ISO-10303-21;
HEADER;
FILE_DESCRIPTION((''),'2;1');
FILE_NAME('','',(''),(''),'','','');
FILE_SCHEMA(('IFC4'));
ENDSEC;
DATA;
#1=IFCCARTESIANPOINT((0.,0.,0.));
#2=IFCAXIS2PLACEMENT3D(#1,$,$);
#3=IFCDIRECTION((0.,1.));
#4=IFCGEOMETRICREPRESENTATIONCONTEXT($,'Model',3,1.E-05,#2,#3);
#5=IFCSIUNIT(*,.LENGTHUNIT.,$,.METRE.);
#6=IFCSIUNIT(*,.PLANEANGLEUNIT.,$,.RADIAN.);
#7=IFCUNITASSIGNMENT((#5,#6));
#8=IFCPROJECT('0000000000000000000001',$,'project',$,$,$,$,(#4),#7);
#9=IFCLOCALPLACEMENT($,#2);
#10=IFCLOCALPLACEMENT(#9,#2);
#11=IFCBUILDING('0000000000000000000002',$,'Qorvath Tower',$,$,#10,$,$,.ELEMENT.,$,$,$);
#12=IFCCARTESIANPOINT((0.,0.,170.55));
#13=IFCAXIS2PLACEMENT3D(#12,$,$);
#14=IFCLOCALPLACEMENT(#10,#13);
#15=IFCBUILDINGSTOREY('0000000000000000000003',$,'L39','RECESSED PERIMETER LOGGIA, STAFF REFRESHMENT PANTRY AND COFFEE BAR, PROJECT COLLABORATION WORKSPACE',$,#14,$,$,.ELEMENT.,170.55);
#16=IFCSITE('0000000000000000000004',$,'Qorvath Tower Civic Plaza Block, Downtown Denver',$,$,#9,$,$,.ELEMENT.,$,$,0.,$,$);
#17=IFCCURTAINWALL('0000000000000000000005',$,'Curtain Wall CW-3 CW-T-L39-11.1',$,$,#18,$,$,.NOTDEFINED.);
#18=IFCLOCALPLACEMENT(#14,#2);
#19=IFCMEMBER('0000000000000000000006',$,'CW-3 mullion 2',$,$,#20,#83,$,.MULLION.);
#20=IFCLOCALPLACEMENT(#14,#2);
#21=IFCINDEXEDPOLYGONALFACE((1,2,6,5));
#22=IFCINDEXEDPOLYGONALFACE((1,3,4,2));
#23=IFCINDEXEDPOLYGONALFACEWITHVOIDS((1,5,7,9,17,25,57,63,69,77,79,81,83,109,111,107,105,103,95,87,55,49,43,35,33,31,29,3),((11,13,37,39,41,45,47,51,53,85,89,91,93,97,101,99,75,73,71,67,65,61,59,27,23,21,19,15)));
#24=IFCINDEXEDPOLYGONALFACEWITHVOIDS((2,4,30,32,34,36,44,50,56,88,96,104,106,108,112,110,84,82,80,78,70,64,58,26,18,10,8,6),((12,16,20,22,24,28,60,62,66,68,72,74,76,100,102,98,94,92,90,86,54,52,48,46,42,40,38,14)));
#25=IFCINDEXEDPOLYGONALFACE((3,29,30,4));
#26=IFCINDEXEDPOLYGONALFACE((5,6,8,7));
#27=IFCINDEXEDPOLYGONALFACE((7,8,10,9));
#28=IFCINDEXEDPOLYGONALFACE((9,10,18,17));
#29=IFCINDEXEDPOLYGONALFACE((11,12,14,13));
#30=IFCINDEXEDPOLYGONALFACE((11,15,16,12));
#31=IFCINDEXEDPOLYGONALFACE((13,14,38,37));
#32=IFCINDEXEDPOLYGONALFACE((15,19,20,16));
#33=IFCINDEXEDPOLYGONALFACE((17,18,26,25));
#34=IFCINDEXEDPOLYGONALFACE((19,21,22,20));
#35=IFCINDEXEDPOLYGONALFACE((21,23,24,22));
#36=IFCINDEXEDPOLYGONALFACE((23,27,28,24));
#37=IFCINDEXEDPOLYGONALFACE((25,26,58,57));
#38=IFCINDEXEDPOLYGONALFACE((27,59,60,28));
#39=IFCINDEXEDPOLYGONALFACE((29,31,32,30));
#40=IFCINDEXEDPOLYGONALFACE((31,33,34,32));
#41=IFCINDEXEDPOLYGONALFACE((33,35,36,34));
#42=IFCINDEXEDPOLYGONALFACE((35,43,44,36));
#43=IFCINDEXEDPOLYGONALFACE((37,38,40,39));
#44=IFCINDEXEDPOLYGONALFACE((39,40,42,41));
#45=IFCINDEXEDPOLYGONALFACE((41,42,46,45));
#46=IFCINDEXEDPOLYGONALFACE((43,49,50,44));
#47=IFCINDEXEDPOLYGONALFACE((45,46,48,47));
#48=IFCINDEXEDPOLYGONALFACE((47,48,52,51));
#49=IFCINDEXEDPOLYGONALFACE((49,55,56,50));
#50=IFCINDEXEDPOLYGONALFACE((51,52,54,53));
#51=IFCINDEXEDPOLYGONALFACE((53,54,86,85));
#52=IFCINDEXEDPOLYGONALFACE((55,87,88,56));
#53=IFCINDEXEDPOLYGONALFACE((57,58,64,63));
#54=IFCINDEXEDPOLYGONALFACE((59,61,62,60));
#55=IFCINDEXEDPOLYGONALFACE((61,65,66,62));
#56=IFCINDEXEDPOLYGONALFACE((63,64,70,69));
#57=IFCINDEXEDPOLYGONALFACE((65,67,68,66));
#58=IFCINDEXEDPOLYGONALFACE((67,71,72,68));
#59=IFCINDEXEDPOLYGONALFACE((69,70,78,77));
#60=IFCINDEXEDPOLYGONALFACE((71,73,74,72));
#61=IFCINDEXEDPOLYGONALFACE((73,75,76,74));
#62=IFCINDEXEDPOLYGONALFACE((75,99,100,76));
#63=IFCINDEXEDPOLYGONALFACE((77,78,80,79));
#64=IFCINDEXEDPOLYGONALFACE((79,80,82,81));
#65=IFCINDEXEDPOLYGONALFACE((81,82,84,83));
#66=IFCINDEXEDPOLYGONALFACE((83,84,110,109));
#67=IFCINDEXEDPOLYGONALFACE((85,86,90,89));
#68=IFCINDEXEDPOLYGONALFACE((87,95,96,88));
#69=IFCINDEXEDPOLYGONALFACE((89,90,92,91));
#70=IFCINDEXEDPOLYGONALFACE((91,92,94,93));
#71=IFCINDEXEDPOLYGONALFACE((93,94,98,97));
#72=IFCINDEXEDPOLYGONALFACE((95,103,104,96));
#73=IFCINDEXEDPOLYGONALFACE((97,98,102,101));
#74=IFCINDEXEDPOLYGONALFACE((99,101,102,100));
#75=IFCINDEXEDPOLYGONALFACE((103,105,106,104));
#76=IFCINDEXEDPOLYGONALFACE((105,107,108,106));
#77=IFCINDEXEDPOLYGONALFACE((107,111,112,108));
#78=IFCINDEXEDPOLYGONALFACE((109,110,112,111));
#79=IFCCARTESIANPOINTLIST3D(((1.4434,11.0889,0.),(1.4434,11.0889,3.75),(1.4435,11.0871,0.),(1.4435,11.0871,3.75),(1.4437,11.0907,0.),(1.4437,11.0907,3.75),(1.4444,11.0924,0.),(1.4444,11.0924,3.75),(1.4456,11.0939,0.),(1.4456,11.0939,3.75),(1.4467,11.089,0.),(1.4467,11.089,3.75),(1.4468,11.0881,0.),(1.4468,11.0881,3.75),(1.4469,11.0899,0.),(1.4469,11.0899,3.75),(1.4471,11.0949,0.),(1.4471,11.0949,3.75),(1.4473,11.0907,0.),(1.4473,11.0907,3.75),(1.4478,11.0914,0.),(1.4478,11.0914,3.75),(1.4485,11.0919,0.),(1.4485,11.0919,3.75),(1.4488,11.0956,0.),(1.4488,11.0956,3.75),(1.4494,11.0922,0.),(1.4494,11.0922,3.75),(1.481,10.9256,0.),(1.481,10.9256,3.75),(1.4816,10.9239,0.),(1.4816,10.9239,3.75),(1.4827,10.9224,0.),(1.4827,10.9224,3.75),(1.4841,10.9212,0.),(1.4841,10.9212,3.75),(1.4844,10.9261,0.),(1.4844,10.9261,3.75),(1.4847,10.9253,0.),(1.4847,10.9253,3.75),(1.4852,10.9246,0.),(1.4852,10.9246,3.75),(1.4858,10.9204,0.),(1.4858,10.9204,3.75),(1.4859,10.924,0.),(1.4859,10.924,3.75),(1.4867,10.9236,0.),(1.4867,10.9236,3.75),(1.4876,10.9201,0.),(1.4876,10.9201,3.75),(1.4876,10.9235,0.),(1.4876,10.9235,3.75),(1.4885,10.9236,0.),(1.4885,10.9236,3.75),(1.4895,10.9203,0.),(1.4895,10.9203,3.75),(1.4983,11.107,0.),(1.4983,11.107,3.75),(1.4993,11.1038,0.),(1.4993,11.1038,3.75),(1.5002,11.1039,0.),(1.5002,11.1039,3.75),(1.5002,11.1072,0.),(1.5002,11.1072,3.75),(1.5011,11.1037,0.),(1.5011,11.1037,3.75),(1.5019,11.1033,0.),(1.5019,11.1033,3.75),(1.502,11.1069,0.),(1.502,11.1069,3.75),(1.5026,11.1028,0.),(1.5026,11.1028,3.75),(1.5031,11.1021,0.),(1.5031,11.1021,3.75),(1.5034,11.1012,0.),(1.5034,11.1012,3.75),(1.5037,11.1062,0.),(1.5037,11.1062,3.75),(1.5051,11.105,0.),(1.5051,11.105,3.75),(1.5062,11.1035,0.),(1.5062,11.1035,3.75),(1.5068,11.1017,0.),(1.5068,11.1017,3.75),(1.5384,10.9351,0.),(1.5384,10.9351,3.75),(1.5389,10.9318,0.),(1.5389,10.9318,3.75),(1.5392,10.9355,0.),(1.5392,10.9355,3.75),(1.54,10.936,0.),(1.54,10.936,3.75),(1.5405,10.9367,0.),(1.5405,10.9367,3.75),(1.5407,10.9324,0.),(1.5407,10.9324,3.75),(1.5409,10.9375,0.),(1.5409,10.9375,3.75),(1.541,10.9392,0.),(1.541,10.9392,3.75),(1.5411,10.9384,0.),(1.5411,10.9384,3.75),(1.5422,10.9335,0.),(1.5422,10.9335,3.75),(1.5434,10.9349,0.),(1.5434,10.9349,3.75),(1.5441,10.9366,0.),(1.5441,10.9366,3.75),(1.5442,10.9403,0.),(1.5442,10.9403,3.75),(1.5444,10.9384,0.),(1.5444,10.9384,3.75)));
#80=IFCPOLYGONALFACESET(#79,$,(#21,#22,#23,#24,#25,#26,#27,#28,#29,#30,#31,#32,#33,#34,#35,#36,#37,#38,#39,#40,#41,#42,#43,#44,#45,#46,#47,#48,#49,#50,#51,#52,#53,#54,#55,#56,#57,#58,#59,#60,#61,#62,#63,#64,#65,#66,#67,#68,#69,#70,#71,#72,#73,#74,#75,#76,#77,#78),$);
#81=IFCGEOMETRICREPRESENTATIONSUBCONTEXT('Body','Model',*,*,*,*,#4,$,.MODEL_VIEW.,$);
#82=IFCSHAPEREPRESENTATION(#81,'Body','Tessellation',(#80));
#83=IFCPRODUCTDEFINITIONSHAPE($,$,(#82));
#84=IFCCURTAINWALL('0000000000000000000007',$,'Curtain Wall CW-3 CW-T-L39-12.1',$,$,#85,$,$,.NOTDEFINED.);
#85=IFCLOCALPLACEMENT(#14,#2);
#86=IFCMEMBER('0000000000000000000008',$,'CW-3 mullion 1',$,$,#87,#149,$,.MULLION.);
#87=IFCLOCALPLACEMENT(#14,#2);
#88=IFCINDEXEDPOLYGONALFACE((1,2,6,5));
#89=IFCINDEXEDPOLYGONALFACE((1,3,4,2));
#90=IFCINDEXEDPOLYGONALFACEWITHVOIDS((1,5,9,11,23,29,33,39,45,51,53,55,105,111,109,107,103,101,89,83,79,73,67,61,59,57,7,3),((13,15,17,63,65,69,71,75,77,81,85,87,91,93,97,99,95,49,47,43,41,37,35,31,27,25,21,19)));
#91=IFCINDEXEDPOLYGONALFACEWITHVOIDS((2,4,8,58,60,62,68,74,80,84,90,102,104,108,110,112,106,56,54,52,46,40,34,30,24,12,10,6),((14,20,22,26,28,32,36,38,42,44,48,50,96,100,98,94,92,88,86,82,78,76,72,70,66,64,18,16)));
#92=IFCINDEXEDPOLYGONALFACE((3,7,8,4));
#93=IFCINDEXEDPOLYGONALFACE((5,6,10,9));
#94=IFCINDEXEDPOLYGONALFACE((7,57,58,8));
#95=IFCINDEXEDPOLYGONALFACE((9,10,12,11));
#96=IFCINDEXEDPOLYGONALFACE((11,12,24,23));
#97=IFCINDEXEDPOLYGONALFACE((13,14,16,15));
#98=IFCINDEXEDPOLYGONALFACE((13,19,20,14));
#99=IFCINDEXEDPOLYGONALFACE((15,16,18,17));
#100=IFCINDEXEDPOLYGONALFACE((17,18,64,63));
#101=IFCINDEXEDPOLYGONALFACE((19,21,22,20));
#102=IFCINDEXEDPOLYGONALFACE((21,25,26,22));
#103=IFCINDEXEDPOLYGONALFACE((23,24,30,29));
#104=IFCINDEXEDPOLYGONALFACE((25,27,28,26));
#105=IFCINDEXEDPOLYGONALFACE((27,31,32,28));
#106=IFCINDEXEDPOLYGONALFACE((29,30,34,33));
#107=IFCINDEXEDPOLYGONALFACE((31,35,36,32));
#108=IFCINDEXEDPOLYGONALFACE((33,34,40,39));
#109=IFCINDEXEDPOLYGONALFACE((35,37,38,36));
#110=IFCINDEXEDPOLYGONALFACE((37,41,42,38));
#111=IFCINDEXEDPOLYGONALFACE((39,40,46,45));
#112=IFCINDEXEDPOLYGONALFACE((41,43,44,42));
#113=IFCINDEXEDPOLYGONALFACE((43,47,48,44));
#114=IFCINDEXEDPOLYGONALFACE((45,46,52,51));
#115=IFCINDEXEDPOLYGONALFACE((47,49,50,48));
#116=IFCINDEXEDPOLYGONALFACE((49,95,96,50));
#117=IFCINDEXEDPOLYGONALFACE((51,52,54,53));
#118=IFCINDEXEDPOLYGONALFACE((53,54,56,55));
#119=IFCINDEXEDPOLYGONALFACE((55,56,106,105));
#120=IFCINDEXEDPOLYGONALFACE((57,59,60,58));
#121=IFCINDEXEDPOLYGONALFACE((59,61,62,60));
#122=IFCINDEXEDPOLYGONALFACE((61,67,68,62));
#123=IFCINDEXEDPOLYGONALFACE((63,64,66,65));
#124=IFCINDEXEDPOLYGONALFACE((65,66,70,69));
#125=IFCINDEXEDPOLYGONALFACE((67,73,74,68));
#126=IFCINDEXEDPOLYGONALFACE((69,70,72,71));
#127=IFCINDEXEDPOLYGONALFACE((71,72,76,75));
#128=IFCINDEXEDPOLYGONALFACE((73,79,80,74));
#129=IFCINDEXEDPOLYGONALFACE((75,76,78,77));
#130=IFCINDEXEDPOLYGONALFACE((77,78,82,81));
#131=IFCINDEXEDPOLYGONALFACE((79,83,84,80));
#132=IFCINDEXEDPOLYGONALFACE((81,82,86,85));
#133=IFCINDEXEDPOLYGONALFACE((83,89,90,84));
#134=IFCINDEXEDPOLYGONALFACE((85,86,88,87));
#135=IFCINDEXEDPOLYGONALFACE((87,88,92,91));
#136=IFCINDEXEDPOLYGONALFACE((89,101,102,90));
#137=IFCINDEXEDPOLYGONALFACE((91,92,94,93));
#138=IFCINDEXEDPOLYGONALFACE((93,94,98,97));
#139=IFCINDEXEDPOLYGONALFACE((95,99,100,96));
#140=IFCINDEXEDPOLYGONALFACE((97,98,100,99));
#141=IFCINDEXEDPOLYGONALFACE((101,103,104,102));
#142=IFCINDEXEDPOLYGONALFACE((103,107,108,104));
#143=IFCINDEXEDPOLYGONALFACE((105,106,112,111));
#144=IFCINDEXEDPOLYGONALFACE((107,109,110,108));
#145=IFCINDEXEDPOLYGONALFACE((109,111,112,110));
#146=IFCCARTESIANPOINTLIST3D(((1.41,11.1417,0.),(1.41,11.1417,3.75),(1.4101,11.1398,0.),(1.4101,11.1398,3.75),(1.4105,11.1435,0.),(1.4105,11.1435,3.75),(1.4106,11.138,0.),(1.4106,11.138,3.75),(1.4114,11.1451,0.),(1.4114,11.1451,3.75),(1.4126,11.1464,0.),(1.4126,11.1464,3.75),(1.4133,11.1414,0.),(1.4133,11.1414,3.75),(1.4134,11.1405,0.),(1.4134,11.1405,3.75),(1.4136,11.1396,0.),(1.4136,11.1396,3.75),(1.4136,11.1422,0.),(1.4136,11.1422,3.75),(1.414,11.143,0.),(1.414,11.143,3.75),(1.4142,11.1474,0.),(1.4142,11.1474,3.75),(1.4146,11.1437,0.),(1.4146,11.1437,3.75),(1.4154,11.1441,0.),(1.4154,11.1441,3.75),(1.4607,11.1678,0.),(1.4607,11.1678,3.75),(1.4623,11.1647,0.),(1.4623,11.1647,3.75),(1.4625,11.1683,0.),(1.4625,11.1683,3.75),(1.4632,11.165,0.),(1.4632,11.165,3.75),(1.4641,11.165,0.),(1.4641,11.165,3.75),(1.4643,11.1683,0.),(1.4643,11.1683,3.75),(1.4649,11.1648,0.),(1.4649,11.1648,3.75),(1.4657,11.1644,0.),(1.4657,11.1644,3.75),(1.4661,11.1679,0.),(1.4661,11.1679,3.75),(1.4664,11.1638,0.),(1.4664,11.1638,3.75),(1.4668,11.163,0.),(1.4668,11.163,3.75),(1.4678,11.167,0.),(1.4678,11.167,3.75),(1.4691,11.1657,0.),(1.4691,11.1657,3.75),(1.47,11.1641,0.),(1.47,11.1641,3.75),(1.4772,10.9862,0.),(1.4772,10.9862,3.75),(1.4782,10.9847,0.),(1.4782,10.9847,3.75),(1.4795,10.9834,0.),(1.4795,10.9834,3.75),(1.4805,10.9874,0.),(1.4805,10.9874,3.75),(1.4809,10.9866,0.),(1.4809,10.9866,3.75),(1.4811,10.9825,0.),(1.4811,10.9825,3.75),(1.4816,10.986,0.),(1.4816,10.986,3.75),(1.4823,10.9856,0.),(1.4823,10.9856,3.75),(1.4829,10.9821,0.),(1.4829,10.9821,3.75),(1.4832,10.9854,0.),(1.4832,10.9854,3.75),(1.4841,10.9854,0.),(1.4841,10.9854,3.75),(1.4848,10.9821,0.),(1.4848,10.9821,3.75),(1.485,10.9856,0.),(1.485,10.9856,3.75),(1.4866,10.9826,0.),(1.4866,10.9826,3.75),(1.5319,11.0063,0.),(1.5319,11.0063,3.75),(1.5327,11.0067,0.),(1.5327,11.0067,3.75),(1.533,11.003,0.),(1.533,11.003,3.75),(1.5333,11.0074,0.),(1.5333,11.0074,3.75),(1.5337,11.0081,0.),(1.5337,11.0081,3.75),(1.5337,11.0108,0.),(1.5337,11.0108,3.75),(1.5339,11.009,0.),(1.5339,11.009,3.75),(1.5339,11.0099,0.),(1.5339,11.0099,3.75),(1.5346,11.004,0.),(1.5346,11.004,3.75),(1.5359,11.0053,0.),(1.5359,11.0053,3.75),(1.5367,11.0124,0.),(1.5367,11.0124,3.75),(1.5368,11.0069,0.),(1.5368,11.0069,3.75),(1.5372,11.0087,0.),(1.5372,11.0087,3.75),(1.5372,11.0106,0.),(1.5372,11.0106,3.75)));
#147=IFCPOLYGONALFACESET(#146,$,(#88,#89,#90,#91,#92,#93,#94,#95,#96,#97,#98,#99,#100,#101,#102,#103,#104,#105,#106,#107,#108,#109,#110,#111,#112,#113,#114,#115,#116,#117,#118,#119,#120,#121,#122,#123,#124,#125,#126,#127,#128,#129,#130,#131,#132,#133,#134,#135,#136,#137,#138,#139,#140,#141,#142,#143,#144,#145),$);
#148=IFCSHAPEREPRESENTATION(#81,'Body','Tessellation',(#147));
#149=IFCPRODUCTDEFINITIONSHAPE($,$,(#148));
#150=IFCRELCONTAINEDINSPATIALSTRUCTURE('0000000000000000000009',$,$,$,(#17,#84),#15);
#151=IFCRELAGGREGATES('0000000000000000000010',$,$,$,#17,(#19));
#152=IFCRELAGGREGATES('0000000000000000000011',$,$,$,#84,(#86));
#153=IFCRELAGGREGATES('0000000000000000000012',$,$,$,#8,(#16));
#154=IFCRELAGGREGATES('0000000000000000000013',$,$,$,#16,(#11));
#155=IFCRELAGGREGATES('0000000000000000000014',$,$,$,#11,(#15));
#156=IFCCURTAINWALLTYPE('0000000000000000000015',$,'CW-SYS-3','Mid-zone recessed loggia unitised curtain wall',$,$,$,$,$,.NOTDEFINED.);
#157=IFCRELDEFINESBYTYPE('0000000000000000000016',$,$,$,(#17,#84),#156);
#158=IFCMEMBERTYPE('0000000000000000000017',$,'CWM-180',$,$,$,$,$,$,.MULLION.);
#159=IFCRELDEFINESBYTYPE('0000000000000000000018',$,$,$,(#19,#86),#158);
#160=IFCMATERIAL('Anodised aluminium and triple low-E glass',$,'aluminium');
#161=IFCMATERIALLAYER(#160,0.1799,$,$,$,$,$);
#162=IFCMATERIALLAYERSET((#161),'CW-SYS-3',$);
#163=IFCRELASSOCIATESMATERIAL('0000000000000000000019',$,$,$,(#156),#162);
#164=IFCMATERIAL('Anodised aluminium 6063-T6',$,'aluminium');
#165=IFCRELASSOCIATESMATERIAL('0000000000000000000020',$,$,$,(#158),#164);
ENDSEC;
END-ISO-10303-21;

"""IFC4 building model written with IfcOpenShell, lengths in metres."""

from ifc_helpers import new_model, si_unit, direction, frame, origin, origin_2d, place, context, subcontext, project, spatial, hollow_rectangle, extrude, material, layer, layer_set, material_profile, profile_set, type_object, element, aggregate, save


model = new_model("IFC4")

# Units and contexts
model_context = context("Model", 3, precision=1e-05, world=origin(), true_north=direction((0.0, 1.0)))
body_context = subcontext(model_context, "Body", "Model", "MODEL_VIEW")
ifc_project = project(units=[si_unit("LENGTHUNIT", "METRE"), si_unit("PLANEANGLEUNIT", "RADIAN")], contexts=[model_context])

# Site, building, storey
site_placement = place(None, origin())
site = spatial("IfcSite", under=ifc_project, at=site_placement, Name="Qorvath Tower Civic Plaza Block, Downtown Denver", CompositionType="ELEMENT", RefElevation=0.0)
building_placement = place(site_placement, origin())
building = spatial("IfcBuilding", under=site, at=building_placement, Name="Qorvath Tower", CompositionType="ELEMENT")
storey_placement = place(building_placement, frame((0.0, 0.0, 170.55)))
storey = spatial("IfcBuildingStorey", under=building, at=storey_placement, Name="L39", Description="RECESSED PERIMETER LOGGIA, STAFF REFRESHMENT PANTRY AND COFFEE BAR, PROJECT COLLABORATION WORKSPACE", CompositionType="ELEMENT", Elevation=170.55)

# Curtain wall, member
ifc_material_1 = material(Name="Anodised aluminium and triple low-E glass", Category="aluminium")
ifc_layer_1 = layer(ifc_material_1, 0.1799)
ifc_layer_set_1 = layer_set([ifc_layer_1], Name="CW-SYS-3")
curtain_wall_type = type_object("IfcCurtainWallType", Name="CW-SYS-3", Description="Mid-zone recessed loggia unitised curtain wall", PredefinedType="NOTDEFINED", material=ifc_layer_set_1)
curtain_wall_1_placement = place(storey_placement, origin())
curtain_wall_1 = element("IfcCurtainWall", 1, at=curtain_wall_1_placement, inside=storey, type_object=curtain_wall_type, Name="Curtain Wall CW-3 CW-T-L39-11.1", PredefinedType="NOTDEFINED")
ifc_material_2 = material(Name="Anodised aluminium 6063-T6", Category="aluminium")
ifc_material_profile_1 = material_profile(ifc_material_2, hollow_rectangle(XDim=0.0649, YDim=0.1799, WallThickness=0.0034, InnerFilletRadius=0.0034, OuterFilletRadius=0.0071, at=origin_2d()), Name="CWM 180x65")
ifc_profile_set_1 = profile_set([ifc_material_profile_1], Name="Anodised aluminium 6063-T6")
member_type_1 = type_object("IfcMemberType", Name="CWM-180", PredefinedType="MULLION", material=ifc_profile_set_1)
member_1_placement = place(storey_placement, frame((1.4939, 11.0137, 0.0), z_axis=(0.0, 0.0, 1.0), x_axis=(-0.974176, -0.225791, 0.0)))
member_1 = element("IfcMember", 2, at=member_1_placement, type_object=member_type_1, Name="CW-3 mullion 2", PredefinedType="MULLION", context=body_context, shape_type="SweptSolid", body=[
    extrude(hollow_rectangle(XDim=0.0649, YDim=0.1799, WallThickness=0.0034, InnerFilletRadius=0.0034, OuterFilletRadius=0.0071, at=origin_2d()), origin(), (0.0, 0.0, 1.0), 3.75),
])

# Curtain wall, member
curtain_wall_2_placement = place(storey_placement, origin())
curtain_wall_2 = element("IfcCurtainWall", 3, at=curtain_wall_2_placement, inside=storey, type_object=curtain_wall_type, Name="Curtain Wall CW-3 CW-T-L39-12.1", PredefinedType="NOTDEFINED")
member_2_placement = place(storey_placement, frame((1.4736, 11.0752, 0.0), z_axis=(0.0, 0.0, 1.0), x_axis=(-0.915629, -0.402023, 0.0)))
member_2 = element("IfcMember", 4, at=member_2_placement, type_object=member_type_1, Name="CW-3 mullion 1", PredefinedType="MULLION", context=body_context, shape_type="SweptSolid", body=[
    extrude(hollow_rectangle(XDim=0.0649, YDim=0.1799, WallThickness=0.0034, InnerFilletRadius=0.0034, OuterFilletRadius=0.0071, at=origin_2d()), origin(), (0.0, 0.0, 1.0), 3.75),
])

aggregate(curtain_wall_1, [member_1])
aggregate(curtain_wall_2, [member_2])

save(model, "model.ifc")
